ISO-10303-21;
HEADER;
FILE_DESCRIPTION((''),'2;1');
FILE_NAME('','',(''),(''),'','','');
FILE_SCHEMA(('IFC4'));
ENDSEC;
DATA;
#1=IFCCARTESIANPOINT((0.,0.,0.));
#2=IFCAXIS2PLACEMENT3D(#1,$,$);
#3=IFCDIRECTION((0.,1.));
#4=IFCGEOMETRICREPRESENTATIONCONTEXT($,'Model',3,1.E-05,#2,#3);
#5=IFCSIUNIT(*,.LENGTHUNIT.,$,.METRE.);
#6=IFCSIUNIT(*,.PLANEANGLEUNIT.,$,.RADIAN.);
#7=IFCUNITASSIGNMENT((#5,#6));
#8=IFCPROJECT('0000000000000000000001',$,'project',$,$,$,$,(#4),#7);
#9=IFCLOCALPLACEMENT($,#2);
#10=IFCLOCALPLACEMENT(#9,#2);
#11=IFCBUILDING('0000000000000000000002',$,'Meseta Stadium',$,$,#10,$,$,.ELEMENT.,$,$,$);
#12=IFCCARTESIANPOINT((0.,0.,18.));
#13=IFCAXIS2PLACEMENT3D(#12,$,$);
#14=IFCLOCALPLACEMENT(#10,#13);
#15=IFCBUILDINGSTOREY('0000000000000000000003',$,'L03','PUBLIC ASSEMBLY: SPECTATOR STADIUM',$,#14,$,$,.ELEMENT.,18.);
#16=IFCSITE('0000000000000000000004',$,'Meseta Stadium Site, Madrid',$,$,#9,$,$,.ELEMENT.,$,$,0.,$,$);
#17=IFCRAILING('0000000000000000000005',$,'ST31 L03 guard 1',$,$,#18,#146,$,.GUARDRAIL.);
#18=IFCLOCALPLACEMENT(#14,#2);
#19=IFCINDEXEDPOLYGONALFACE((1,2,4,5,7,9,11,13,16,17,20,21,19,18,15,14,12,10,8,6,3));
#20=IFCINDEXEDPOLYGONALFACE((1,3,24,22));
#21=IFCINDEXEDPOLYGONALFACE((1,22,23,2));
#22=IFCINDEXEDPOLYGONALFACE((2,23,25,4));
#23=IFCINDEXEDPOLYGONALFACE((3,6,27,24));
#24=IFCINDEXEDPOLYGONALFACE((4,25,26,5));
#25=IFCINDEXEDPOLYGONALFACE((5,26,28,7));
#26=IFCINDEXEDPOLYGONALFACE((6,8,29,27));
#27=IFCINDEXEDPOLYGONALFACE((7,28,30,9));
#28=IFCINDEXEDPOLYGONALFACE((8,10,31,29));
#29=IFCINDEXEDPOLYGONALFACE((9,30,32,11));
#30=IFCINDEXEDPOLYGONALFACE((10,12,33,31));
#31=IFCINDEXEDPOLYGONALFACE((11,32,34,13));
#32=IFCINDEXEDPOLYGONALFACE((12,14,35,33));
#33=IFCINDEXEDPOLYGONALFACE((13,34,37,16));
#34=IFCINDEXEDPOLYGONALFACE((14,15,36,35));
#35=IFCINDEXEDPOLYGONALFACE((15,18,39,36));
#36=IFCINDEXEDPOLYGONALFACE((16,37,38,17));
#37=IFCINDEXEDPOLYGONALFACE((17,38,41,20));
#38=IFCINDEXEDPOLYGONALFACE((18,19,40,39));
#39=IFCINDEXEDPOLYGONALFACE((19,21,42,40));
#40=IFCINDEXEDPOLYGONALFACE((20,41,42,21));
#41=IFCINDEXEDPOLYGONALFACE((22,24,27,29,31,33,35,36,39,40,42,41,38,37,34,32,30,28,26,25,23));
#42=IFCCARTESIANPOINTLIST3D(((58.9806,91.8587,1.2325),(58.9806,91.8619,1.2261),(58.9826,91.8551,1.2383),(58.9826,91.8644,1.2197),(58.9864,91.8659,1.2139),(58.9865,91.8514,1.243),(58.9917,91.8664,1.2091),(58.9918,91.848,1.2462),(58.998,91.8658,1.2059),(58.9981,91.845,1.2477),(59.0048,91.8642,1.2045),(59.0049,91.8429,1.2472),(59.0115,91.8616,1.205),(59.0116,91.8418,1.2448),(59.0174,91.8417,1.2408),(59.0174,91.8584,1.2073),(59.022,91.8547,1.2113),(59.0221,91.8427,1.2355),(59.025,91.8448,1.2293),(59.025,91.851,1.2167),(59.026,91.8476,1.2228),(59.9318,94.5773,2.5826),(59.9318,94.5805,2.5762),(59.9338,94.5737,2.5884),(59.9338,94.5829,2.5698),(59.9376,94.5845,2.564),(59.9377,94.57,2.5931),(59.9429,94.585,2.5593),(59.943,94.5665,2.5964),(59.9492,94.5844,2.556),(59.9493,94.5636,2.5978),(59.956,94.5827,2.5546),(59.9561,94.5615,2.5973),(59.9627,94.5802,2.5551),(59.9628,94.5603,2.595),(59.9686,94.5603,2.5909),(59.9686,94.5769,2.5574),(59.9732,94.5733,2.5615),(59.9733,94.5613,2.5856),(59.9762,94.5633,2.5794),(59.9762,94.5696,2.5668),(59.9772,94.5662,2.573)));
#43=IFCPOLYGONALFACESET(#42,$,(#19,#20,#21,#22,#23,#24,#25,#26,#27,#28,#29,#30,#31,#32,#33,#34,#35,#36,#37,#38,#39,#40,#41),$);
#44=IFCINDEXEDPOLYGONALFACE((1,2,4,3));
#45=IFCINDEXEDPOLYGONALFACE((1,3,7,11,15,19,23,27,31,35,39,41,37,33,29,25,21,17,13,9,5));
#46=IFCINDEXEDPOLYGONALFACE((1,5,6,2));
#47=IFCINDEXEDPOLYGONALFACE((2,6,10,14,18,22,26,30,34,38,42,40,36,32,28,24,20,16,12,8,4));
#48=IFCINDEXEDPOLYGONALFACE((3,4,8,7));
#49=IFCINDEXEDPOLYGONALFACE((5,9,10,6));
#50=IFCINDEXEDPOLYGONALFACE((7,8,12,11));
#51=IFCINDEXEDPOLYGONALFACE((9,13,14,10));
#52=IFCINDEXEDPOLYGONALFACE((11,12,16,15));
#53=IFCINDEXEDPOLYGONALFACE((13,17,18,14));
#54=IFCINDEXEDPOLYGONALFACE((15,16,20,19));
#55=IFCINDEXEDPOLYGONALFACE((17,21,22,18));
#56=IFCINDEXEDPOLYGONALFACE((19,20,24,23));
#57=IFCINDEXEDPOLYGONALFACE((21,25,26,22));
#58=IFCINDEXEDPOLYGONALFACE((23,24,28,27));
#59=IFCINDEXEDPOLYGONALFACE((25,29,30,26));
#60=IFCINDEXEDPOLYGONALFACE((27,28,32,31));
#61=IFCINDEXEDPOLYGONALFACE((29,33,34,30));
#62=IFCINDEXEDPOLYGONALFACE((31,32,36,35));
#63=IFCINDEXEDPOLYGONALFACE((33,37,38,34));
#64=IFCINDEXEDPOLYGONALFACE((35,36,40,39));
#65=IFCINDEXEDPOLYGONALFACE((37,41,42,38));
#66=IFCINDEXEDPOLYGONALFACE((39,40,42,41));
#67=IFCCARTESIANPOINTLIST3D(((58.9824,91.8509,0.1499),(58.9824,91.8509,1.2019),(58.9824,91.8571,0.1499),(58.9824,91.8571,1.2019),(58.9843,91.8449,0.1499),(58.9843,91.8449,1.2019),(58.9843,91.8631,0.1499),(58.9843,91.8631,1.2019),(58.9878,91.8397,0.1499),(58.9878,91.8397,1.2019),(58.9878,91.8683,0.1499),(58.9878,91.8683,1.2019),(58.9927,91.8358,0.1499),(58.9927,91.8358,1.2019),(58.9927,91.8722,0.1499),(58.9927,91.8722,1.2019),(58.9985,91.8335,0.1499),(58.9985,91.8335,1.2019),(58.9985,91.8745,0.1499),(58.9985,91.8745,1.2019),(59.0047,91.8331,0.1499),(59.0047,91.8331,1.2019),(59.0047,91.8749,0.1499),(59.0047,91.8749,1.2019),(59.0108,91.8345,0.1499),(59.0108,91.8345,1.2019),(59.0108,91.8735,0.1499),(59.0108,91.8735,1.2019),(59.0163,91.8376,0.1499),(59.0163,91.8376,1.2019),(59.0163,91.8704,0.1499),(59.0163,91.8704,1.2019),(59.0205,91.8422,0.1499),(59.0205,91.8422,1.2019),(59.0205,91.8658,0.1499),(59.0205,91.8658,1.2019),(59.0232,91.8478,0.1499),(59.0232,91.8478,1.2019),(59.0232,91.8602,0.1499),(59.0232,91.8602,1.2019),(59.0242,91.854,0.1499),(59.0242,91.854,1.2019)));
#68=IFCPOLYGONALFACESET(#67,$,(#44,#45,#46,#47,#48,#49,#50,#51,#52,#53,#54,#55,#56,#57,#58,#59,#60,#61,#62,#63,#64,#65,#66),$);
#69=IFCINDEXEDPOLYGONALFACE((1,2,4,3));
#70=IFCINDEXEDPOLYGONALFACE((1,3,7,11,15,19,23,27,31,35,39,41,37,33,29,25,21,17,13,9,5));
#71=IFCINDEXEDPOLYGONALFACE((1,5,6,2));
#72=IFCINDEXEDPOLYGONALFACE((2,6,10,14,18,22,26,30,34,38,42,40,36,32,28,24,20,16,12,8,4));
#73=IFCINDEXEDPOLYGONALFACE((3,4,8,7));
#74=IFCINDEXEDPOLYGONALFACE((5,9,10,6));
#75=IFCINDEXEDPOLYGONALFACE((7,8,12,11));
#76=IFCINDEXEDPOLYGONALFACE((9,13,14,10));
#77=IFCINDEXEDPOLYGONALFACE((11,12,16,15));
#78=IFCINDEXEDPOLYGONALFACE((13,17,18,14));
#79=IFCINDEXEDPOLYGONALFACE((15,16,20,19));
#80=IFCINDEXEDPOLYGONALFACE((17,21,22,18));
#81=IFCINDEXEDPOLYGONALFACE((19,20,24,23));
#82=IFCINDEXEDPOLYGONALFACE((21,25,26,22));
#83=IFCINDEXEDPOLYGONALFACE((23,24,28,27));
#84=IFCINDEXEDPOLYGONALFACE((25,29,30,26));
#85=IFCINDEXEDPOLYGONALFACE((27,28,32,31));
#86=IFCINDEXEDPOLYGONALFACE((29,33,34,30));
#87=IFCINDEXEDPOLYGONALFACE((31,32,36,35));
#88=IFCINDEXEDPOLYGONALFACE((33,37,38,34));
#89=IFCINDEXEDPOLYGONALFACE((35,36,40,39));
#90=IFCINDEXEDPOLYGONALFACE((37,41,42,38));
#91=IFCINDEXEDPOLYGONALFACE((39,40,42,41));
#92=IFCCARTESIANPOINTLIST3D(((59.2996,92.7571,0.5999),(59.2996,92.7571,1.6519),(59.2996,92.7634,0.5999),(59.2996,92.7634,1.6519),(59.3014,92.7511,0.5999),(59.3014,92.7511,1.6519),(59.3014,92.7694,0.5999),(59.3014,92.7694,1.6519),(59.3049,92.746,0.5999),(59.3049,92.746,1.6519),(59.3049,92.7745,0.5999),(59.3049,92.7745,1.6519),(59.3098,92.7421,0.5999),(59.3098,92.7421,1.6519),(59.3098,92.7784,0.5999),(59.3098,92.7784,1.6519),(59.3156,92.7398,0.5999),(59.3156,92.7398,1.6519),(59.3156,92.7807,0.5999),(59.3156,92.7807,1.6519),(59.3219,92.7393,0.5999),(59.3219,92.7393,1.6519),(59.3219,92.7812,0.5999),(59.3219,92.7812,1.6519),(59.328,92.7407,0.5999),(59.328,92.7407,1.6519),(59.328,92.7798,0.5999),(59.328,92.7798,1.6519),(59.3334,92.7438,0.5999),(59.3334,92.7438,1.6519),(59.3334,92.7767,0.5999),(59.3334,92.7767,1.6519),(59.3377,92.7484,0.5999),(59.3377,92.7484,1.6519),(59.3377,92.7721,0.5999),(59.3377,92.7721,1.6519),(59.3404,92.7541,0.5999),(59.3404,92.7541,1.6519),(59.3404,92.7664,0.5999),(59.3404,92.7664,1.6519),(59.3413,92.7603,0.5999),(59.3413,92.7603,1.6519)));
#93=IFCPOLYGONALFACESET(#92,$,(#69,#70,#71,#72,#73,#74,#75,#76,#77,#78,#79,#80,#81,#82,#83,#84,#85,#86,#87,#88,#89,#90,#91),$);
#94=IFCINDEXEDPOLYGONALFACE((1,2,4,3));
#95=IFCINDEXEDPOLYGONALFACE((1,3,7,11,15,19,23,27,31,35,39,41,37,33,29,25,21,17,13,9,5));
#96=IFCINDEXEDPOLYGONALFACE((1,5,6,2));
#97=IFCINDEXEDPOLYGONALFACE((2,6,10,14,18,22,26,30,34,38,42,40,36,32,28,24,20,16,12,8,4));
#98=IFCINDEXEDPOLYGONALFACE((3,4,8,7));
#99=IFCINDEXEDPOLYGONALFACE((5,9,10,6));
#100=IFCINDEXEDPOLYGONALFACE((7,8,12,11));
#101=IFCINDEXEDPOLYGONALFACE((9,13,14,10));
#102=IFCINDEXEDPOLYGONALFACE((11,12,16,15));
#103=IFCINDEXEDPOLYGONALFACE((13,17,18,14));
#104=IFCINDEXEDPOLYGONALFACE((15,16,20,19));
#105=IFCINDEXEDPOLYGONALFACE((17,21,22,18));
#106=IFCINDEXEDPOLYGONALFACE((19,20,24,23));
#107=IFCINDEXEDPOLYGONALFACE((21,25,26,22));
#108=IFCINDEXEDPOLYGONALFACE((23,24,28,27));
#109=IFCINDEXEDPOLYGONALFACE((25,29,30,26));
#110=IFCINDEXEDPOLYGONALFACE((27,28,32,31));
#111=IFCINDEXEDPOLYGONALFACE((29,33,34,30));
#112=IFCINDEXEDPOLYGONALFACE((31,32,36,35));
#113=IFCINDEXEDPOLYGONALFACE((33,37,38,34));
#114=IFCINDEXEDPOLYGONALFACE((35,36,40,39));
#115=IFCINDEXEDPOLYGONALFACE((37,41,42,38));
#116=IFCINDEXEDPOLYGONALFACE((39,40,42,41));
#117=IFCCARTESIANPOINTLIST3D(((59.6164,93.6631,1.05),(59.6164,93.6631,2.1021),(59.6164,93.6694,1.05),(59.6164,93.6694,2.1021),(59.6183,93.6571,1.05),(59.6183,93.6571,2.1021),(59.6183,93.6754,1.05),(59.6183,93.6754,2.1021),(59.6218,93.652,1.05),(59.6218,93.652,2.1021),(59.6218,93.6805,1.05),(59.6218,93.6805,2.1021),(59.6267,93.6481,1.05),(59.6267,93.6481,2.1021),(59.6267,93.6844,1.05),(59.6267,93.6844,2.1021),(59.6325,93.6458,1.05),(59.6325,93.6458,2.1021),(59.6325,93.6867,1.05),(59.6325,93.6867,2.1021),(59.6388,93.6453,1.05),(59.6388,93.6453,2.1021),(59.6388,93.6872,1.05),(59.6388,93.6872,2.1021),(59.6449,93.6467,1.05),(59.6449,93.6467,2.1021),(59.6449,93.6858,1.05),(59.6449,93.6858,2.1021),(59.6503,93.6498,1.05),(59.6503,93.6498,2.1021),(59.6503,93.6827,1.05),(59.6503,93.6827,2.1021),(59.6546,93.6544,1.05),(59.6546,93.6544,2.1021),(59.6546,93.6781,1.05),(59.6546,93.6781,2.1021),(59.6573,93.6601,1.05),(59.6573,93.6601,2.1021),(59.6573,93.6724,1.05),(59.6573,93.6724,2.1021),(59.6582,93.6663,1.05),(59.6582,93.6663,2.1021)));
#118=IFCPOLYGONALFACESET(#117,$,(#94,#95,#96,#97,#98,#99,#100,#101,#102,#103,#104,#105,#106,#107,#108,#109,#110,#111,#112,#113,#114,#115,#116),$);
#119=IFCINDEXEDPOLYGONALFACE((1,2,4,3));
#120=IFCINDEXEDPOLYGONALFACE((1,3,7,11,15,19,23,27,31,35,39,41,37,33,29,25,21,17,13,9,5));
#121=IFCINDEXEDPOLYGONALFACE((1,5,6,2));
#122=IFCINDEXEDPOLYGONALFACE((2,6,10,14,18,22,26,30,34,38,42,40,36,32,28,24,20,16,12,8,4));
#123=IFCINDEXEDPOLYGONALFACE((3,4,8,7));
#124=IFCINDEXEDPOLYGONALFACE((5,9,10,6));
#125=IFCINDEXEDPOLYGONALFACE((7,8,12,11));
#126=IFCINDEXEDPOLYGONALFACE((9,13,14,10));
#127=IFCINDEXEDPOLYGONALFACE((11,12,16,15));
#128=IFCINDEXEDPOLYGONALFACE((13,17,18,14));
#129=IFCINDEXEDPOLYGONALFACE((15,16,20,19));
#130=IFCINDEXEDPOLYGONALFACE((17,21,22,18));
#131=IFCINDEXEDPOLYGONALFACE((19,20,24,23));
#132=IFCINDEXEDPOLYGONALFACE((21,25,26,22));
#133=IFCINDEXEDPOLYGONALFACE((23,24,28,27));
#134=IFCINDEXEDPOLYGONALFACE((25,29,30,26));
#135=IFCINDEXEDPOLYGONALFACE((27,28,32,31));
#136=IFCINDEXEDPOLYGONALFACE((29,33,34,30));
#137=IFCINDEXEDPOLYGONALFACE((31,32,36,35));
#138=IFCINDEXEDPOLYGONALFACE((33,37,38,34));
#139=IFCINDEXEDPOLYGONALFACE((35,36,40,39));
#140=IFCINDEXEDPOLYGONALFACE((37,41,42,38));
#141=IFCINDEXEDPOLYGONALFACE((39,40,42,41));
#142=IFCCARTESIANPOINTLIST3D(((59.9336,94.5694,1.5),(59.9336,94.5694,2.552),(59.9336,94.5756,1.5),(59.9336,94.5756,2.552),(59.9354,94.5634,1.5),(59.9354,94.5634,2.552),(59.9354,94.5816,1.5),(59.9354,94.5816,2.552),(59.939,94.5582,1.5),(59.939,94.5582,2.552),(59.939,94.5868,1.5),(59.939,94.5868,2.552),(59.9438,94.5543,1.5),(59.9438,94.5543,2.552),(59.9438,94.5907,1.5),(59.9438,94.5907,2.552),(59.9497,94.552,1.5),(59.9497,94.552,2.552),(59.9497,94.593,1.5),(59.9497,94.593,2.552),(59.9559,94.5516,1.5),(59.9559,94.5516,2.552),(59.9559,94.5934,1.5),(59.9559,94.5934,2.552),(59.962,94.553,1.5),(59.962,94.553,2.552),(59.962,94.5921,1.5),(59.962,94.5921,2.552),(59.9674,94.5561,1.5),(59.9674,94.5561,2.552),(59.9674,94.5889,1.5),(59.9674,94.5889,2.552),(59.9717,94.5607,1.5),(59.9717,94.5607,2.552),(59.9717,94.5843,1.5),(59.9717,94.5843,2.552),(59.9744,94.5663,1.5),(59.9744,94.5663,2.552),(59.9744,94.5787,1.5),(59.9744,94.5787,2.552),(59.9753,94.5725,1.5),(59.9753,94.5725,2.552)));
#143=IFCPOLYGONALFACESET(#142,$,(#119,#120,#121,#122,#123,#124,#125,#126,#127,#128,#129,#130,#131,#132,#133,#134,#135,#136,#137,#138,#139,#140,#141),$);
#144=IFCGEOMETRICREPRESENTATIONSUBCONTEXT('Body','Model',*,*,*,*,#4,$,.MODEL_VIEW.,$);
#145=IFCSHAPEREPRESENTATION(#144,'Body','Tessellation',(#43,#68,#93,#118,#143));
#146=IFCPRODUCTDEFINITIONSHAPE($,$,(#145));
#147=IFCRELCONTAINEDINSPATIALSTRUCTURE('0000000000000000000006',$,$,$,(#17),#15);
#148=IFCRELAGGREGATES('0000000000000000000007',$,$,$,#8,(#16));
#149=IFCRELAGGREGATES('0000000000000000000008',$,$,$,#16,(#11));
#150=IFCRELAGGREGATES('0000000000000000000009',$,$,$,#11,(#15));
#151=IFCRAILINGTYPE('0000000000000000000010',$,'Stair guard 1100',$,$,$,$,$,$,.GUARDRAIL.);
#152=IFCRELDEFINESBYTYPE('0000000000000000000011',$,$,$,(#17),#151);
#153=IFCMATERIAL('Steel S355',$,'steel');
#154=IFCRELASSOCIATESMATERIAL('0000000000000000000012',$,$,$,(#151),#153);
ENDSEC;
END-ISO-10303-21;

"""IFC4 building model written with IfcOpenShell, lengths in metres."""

from ifc_helpers import new_model, si_unit, direction, frame, origin, origin_2d, place, context, subcontext, project, spatial, circle, extrude, material, type_object, element, save


model = new_model("IFC4")

# Units and contexts
model_context = context("Model", 3, precision=1e-05, world=origin(), true_north=direction((0.0, 1.0)))
body_context = subcontext(model_context, "Body", "Model", "MODEL_VIEW")
ifc_project = project(units=[si_unit("LENGTHUNIT", "METRE"), si_unit("PLANEANGLEUNIT", "RADIAN")], contexts=[model_context])

# Site, building, storey
site_placement = place(None, origin())
site = spatial("IfcSite", under=ifc_project, at=site_placement, Name="Meseta Stadium Site, Madrid", CompositionType="ELEMENT", RefElevation=0.0)
building_placement = place(site_placement, origin())
building = spatial("IfcBuilding", under=site, at=building_placement, Name="Meseta Stadium", CompositionType="ELEMENT")
storey_placement = place(building_placement, frame((0.0, 0.0, 18.0)))
storey = spatial("IfcBuildingStorey", under=building, at=storey_placement, Name="L03", Description="PUBLIC ASSEMBLY: SPECTATOR STADIUM", CompositionType="ELEMENT", Elevation=18.0)

# Railing
ifc_material_1 = material(Name="Steel S355", Category="steel")
railing_type_1 = type_object("IfcRailingType", Name="Stair guard 1100", PredefinedType="GUARDRAIL", material=ifc_material_1)
railing_1_placement = place(storey_placement, frame((59.0032, 91.854, 0.1499)))
element("IfcRailing", 1, at=railing_1_placement, inside=storey, type_object=railing_type_1, Name="ST31 L03 guard 1", PredefinedType="GUARDRAIL", context=body_context, shape_type="SweptSolid", body=[
    extrude(circle(Radius=0.0239, at=origin_2d()), frame((0.0, 0.0, 1.0762), z_axis=(0.299031, 0.854649, 0.424446), x_axis=(-0.943891, 0.330256, 0.0)), (0.0, 0.0, 1.0), 3.1809),
    extrude(circle(Radius=0.021, at=origin_2d()), origin(), (0.0, 0.0, 1.0), 1.052),
    extrude(circle(Radius=0.021, at=origin_2d()), frame((0.3171, 0.9062, 0.45)), (0.0, 0.0, 1.0), 1.052),
    extrude(circle(Radius=0.021, at=origin_2d()), frame((0.634, 1.8123, 0.9001)), (0.0, 0.0, 1.0), 1.052),
    extrude(circle(Radius=0.021, at=origin_2d()), frame((0.9512, 2.7185, 1.3501)), (0.0, 0.0, 1.0), 1.052),
])

save(model, "model.ifc")
